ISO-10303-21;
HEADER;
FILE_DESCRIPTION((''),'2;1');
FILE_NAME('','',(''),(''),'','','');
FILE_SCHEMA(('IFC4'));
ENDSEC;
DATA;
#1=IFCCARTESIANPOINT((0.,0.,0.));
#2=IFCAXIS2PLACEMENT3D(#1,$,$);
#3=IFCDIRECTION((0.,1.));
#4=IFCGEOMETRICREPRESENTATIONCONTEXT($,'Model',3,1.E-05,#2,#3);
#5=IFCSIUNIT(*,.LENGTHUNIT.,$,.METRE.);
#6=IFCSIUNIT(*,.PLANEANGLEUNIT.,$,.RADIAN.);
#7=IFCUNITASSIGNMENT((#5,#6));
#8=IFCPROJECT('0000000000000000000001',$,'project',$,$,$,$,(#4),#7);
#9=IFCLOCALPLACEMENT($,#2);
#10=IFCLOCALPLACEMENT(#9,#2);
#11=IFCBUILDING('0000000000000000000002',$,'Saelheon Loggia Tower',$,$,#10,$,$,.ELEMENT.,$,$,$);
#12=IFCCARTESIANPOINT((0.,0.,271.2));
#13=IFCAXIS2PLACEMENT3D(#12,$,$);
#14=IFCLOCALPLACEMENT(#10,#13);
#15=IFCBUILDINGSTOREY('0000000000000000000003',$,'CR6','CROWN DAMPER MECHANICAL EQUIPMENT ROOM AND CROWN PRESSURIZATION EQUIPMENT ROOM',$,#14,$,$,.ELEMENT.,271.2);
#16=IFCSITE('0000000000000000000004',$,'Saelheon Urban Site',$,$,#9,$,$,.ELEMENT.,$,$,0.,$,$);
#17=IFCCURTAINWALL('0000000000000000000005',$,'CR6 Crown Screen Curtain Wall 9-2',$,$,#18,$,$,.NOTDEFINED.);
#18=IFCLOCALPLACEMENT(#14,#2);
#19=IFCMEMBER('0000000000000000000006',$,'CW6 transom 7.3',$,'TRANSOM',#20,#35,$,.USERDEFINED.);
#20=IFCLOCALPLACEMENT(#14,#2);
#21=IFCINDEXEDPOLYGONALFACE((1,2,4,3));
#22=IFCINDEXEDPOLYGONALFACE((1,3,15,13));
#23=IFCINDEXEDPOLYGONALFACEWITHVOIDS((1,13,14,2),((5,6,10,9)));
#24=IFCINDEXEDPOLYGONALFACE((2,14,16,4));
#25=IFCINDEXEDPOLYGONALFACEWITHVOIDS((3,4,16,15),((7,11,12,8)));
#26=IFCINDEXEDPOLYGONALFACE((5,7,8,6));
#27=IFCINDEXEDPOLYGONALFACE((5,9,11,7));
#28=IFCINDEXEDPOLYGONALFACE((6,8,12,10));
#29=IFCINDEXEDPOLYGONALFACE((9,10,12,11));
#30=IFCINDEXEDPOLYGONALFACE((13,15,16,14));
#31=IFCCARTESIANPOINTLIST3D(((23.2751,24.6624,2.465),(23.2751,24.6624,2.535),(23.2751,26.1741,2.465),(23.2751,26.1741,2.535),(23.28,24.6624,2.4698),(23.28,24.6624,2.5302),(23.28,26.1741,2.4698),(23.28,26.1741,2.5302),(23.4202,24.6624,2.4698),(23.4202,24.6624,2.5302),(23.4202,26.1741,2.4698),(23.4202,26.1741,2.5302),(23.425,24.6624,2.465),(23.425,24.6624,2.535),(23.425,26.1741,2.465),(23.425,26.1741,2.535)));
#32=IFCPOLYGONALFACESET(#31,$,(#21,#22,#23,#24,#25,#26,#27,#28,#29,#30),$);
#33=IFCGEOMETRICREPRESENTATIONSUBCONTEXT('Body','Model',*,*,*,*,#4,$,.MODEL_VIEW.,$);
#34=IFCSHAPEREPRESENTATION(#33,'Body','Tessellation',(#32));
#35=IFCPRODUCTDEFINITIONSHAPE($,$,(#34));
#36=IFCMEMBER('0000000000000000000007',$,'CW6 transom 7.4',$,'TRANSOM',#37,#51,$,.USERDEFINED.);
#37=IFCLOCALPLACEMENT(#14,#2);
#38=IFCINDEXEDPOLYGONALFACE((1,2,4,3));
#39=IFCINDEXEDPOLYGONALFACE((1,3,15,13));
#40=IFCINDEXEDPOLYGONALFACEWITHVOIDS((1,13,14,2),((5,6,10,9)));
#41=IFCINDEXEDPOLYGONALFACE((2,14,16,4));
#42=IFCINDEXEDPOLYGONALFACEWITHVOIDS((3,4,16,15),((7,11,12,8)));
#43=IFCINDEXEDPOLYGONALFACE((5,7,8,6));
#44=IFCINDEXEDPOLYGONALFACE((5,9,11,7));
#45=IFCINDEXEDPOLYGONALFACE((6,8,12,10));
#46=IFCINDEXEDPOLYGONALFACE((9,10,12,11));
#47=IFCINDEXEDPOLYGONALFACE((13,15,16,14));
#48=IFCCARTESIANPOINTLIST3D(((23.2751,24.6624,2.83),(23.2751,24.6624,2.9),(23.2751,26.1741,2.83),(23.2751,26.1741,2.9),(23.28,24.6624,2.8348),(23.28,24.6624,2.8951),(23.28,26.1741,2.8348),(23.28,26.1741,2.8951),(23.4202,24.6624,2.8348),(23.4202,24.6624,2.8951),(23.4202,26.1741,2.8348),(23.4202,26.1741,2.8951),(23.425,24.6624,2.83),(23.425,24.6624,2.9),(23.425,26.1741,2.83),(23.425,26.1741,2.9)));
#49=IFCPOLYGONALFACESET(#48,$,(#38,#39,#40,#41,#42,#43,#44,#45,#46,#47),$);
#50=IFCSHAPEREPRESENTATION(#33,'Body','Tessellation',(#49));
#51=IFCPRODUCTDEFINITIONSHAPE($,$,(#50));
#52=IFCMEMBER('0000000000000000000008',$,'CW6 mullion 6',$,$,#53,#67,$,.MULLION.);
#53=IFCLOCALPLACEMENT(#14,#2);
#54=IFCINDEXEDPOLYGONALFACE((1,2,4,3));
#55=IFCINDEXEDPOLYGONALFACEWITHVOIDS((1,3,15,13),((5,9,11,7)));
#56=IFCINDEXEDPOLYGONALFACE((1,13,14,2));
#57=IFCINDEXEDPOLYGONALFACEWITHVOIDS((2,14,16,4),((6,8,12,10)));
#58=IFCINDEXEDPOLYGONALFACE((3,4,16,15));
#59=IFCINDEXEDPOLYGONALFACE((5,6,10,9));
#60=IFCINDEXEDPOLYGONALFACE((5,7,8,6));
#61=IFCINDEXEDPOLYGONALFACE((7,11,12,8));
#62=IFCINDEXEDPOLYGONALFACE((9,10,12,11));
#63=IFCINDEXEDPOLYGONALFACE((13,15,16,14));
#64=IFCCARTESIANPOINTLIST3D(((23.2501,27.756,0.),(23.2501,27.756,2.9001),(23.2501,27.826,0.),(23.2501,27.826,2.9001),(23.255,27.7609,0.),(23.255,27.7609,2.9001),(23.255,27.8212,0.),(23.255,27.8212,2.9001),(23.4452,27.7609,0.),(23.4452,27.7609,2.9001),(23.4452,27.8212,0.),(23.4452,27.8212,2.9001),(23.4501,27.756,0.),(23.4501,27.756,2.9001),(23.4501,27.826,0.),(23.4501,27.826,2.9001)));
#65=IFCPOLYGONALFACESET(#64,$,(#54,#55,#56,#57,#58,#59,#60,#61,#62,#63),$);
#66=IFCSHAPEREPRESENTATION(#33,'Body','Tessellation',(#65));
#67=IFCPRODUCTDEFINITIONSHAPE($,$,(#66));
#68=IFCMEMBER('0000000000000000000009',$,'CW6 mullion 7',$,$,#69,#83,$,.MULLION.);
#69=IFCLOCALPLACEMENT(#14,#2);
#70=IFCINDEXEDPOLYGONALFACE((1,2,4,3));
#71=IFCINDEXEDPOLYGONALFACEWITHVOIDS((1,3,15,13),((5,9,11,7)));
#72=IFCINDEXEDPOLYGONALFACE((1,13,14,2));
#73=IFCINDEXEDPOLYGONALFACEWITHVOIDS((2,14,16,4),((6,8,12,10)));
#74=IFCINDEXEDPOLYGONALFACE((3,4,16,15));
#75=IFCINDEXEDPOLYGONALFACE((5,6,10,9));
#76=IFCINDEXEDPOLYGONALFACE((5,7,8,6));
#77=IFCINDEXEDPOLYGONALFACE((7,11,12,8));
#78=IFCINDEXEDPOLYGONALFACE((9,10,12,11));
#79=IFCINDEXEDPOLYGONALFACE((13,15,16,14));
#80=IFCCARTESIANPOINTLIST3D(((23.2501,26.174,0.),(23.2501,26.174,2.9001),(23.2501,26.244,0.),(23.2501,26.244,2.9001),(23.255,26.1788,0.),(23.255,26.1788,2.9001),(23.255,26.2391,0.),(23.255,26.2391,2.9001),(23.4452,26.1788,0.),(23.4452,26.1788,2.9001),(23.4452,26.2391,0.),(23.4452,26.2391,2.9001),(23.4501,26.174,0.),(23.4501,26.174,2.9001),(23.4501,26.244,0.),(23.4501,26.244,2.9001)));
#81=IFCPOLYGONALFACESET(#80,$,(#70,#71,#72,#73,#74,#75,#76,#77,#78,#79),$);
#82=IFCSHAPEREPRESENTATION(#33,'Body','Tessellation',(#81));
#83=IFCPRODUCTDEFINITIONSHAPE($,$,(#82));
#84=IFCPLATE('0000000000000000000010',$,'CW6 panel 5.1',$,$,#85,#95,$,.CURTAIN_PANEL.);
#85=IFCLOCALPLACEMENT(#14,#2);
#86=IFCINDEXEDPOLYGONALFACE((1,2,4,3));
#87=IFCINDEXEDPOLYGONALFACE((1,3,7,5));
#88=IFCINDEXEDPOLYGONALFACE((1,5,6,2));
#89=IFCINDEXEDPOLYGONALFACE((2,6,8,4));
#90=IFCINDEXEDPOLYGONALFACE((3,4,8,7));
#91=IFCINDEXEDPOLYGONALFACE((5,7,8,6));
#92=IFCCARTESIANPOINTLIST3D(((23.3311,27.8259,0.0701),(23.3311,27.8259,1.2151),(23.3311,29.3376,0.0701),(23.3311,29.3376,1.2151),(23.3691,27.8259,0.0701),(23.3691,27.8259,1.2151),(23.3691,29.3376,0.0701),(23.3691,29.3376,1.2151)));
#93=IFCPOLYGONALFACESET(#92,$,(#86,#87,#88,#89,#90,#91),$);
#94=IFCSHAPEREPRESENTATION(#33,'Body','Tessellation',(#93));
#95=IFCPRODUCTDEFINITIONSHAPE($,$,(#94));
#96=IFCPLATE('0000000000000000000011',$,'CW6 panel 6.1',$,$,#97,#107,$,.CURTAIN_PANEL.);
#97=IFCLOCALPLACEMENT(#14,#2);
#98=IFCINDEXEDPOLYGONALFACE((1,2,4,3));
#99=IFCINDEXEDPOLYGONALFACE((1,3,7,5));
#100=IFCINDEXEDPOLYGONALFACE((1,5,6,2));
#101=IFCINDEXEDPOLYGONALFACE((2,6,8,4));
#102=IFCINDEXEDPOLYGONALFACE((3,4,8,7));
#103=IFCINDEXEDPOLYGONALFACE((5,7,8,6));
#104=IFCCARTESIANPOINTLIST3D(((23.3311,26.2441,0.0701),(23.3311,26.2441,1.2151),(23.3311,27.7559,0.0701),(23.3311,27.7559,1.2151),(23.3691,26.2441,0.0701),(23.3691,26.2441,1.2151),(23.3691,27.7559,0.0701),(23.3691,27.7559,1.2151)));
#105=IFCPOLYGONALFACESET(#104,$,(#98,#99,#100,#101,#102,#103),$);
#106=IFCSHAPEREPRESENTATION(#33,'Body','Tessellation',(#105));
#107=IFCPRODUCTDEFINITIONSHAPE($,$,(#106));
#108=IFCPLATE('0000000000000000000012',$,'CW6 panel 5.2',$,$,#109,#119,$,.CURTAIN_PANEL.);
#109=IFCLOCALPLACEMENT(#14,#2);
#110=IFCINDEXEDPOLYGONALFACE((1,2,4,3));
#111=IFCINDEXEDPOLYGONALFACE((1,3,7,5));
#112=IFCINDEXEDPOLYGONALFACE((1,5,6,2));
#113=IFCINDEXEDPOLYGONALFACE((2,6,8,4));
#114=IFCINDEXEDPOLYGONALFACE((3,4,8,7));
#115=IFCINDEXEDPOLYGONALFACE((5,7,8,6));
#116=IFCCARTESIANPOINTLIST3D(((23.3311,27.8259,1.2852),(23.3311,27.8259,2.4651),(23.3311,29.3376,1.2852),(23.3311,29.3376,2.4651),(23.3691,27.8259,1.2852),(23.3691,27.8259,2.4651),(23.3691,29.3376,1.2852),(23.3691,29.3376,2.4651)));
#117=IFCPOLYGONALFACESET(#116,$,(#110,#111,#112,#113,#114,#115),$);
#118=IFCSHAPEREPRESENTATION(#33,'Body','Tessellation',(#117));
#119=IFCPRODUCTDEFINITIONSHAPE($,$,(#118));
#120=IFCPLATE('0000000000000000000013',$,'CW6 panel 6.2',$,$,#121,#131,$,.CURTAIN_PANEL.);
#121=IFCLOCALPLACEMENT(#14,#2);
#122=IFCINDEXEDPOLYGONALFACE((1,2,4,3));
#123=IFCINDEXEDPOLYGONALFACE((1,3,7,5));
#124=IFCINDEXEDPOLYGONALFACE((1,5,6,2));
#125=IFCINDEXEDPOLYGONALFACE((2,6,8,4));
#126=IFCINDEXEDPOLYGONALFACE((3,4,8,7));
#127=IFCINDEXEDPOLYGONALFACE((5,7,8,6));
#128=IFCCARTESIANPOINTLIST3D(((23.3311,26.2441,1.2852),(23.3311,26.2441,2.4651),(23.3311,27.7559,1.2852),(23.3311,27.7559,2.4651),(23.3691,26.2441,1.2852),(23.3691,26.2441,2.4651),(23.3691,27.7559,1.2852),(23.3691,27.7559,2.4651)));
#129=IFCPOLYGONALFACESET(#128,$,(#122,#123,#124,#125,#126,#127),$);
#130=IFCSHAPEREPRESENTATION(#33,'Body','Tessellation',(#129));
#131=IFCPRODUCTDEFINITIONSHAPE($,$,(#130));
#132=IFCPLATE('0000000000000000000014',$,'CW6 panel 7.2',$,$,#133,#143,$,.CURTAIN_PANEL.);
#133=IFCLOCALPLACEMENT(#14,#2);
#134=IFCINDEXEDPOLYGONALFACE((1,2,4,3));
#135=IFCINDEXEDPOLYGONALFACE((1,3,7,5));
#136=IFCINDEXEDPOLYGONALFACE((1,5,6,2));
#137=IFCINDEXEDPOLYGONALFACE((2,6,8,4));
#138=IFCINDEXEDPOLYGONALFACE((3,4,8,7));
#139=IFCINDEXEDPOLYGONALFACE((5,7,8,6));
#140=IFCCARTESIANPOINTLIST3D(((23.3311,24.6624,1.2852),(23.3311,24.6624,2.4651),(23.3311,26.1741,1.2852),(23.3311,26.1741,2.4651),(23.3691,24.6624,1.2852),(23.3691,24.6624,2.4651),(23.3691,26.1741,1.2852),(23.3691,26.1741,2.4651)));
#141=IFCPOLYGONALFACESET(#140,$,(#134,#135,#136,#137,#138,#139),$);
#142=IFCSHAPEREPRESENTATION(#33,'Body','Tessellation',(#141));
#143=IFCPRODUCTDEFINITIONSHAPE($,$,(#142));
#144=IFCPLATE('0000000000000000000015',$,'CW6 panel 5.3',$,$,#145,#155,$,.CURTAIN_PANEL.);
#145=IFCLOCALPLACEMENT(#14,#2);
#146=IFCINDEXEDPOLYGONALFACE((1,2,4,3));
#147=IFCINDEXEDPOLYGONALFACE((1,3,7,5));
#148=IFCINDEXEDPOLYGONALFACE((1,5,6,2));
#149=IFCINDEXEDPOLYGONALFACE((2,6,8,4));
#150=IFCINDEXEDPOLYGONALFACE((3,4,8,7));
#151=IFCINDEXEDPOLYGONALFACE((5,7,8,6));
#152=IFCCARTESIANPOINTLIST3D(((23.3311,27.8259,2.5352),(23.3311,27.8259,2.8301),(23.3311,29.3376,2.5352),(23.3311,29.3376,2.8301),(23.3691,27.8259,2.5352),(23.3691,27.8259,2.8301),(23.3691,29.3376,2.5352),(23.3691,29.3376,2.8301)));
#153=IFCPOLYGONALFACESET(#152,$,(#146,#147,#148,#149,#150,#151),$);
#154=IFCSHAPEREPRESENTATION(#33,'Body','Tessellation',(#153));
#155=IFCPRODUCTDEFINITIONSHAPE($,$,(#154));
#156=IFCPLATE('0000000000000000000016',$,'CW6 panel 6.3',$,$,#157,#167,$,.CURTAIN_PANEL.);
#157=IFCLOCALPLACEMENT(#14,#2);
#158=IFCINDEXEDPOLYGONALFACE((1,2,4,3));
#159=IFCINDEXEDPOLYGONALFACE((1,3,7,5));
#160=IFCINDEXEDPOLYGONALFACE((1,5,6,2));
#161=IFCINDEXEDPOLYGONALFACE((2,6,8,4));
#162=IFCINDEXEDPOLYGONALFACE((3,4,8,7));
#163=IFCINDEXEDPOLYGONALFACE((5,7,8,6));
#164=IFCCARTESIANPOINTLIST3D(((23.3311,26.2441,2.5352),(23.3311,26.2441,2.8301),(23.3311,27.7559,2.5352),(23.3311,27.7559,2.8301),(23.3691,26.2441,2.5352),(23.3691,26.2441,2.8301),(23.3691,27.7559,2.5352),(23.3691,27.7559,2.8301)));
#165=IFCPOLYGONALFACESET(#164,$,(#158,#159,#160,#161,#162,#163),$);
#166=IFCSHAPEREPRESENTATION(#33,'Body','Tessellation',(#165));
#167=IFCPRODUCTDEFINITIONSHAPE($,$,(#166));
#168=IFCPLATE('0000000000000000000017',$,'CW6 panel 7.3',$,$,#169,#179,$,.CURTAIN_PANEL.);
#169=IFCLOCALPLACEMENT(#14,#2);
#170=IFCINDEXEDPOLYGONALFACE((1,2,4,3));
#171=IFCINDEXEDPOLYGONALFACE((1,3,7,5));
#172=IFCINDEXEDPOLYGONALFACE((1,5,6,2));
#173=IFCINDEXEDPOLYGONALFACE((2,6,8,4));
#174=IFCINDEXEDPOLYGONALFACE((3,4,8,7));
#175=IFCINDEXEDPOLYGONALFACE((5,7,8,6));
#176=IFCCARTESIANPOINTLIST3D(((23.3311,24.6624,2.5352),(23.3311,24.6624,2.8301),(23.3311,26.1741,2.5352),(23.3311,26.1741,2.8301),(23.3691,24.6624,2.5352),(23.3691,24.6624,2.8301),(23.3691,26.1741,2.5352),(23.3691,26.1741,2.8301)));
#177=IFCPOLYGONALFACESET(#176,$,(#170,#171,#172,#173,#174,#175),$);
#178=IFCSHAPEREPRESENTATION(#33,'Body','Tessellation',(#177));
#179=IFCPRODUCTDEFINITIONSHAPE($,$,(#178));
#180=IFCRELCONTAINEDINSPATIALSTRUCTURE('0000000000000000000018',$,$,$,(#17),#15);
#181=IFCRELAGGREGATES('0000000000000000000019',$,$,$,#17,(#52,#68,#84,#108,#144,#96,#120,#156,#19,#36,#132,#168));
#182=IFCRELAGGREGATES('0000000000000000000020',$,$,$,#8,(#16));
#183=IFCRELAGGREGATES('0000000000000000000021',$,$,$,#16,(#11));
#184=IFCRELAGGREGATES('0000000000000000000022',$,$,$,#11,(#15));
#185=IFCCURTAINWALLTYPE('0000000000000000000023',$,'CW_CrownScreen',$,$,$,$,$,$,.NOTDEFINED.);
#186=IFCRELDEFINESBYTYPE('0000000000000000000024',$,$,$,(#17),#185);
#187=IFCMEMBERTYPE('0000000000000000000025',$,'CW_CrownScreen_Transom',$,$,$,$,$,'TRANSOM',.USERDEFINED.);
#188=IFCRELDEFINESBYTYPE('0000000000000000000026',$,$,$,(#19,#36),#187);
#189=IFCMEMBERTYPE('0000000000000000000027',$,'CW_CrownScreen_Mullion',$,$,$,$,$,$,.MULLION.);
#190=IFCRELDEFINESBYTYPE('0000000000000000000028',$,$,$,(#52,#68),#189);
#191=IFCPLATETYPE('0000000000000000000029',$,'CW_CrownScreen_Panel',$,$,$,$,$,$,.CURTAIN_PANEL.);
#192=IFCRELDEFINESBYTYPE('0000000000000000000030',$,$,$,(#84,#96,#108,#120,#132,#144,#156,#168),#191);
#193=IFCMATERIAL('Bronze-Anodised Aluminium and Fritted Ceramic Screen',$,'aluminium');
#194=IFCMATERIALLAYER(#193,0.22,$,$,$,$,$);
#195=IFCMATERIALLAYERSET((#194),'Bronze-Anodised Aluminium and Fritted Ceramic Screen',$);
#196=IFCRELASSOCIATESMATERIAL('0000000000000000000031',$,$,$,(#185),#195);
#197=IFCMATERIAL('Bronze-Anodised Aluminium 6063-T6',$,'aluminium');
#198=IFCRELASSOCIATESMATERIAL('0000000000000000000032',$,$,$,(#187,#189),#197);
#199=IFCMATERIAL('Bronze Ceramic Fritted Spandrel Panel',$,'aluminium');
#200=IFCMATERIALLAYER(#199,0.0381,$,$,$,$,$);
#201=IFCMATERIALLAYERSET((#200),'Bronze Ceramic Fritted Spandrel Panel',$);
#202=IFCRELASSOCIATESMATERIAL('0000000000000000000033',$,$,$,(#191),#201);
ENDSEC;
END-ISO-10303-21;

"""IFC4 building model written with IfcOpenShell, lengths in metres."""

from ifc_helpers import new_model, si_unit, direction, frame, origin, origin_2d, place, context, subcontext, project, spatial, rectangle, hollow_rectangle, extrude, source, transform, mapped, material, layer, layer_set, material_profile, profile_set, type_object, element, aggregate, save


model = new_model("IFC4")

# Units and contexts
model_context = context("Model", 3, precision=1e-05, world=origin(), true_north=direction((0.0, 1.0)))
body_context = subcontext(model_context, "Body", "Model", "MODEL_VIEW")
ifc_project = project(units=[si_unit("LENGTHUNIT", "METRE"), si_unit("PLANEANGLEUNIT", "RADIAN")], contexts=[model_context])

# Site, building, storey
site_placement = place(None, origin())
site = spatial("IfcSite", under=ifc_project, at=site_placement, Name="Saelheon Urban Site", CompositionType="ELEMENT", RefElevation=0.0)
building_placement = place(site_placement, origin())
building = spatial("IfcBuilding", under=site, at=building_placement, Name="Saelheon Loggia Tower", CompositionType="ELEMENT")
storey_placement = place(building_placement, frame((0.0, 0.0, 271.2)))
storey = spatial("IfcBuildingStorey", under=building, at=storey_placement, Name="CR6", Description="CROWN DAMPER MECHANICAL EQUIPMENT ROOM AND CROWN PRESSURIZATION EQUIPMENT ROOM", CompositionType="ELEMENT", Elevation=271.2)

# Curtain wall, members, plates
ifc_material_1 = material(Name="Bronze-Anodised Aluminium and Fritted Ceramic Screen", Category="aluminium")
ifc_layer_1 = layer(ifc_material_1, 0.22)
ifc_layer_set_1 = layer_set([ifc_layer_1], Name="Bronze-Anodised Aluminium and Fritted Ceramic Screen")
curtain_wall_type = type_object("IfcCurtainWallType", Name="CW_CrownScreen", PredefinedType="NOTDEFINED", material=ifc_layer_set_1)
curtain_wall_placement = place(storey_placement, origin())
curtain_wall = element("IfcCurtainWall", 1, at=curtain_wall_placement, inside=storey, type_object=curtain_wall_type, Name="CR6 Crown Screen Curtain Wall 9-2", PredefinedType="NOTDEFINED")
ifc_material_2 = material(Name="Bronze-Anodised Aluminium 6063-T6", Category="aluminium")
ifc_material_profile_1 = material_profile(ifc_material_2, hollow_rectangle(XDim=0.0701, YDim=0.1499, WallThickness=0.0049, at=origin_2d()), Name="RHS-150x70x5")
ifc_profile_set_1 = profile_set([ifc_material_profile_1], Name="Bronze-Anodised Aluminium 6063-T6")
member_type_1 = type_object("IfcMemberType", Name="CW_CrownScreen_Transom", ElementType="TRANSOM", PredefinedType="USERDEFINED", material=ifc_profile_set_1)
shared_shape_1 = source(origin(), body_context, "Body", "SweptSolid", [
    extrude(hollow_rectangle(XDim=0.0701, YDim=0.1499, WallThickness=0.0049, at=origin_2d()), origin(), (0.0, 0.0, 1.0), 1.5117),
])
member_1_placement = place(storey_placement, frame((23.3501, 26.1741, 2.5), z_axis=(0.0, -1.0, 0.0), x_axis=(0.0, 0.0, 1.0)))
member_1 = element("IfcMember", 2, at=member_1_placement, type_object=member_type_1, Name="CW6 transom 7.3", ObjectType="TRANSOM", PredefinedType="USERDEFINED", context=body_context, shape_type="MappedRepresentation", body=[
    mapped(shared_shape_1, transform((0.0, 0.0, 0.0), scale=1.0)),
])
member_2_placement = place(storey_placement, frame((23.3501, 26.1741, 2.865), z_axis=(0.0, -1.0, 0.0), x_axis=(0.0, 0.0, 1.0)))
member_2 = element("IfcMember", 3, at=member_2_placement, type_object=member_type_1, Name="CW6 transom 7.4", ObjectType="TRANSOM", PredefinedType="USERDEFINED", context=body_context, shape_type="MappedRepresentation", body=[
    mapped(shared_shape_1, transform((0.0, 0.0, 0.0), scale=1.0)),
])
ifc_material_profile_2 = material_profile(ifc_material_2, hollow_rectangle(XDim=0.0701, YDim=0.2, WallThickness=0.0049, at=origin_2d()), Name="RHS-200x70x5")
ifc_profile_set_2 = profile_set([ifc_material_profile_2], Name="Bronze-Anodised Aluminium 6063-T6")
member_type_2 = type_object("IfcMemberType", Name="CW_CrownScreen_Mullion", PredefinedType="MULLION", material=ifc_profile_set_2)
shared_shape_2 = source(origin(), body_context, "Body", "SweptSolid", [
    extrude(hollow_rectangle(XDim=0.0701, YDim=0.2, WallThickness=0.0049, at=origin_2d()), origin(), (0.0, 0.0, 1.0), 2.9001),
])
member_3_placement = place(storey_placement, frame((23.3501, 27.791, 0.0), z_axis=(0.0, 0.0, 1.0), x_axis=(0.0, -1.0, 0.0)))
member_3 = element("IfcMember", 4, at=member_3_placement, type_object=member_type_2, Name="CW6 mullion 6", PredefinedType="MULLION", context=body_context, shape_type="MappedRepresentation", body=[
    mapped(shared_shape_2, transform((0.0, 0.0, 0.0), scale=1.0)),
])
member_4_placement = place(storey_placement, frame((23.3501, 26.209, 0.0), z_axis=(0.0, 0.0, 1.0), x_axis=(0.0, -1.0, 0.0)))
member_4 = element("IfcMember", 5, at=member_4_placement, type_object=member_type_2, Name="CW6 mullion 7", PredefinedType="MULLION", context=body_context, shape_type="MappedRepresentation", body=[
    mapped(shared_shape_2, transform((0.0, 0.0, 0.0), scale=1.0)),
])
ifc_material_3 = material(Name="Bronze Ceramic Fritted Spandrel Panel", Category="aluminium")
ifc_layer_2 = layer(ifc_material_3, 0.0381)
ifc_layer_set_2 = layer_set([ifc_layer_2], Name="Bronze Ceramic Fritted Spandrel Panel")
plate_type = type_object("IfcPlateType", Name="CW_CrownScreen_Panel", PredefinedType="CURTAIN_PANEL", material=ifc_layer_set_2)
shared_shape_3 = source(origin(), body_context, "Body", "SweptSolid", [
    extrude(rectangle(XDim=1.5117, YDim=0.0381, at=origin_2d()), origin(), (0.0, 0.0, 1.0), 1.145),
])
plate_1_placement = place(storey_placement, frame((23.3501, 28.5818, 0.0701), z_axis=(0.0, 0.0, 1.0), x_axis=(0.0, -1.0, 0.0)))
plate_1 = element("IfcPlate", 6, at=plate_1_placement, type_object=plate_type, Name="CW6 panel 5.1", PredefinedType="CURTAIN_PANEL", context=body_context, shape_type="MappedRepresentation", body=[
    mapped(shared_shape_3, transform((0.0, 0.0, 0.0), scale=1.0)),
])
plate_2_placement = place(storey_placement, frame((23.3501, 27.0, 0.0701), z_axis=(0.0, 0.0, 1.0), x_axis=(0.0, -1.0, 0.0)))
plate_2 = element("IfcPlate", 7, at=plate_2_placement, type_object=plate_type, Name="CW6 panel 6.1", PredefinedType="CURTAIN_PANEL", context=body_context, shape_type="MappedRepresentation", body=[
    mapped(shared_shape_3, transform((0.0, 0.0, 0.0), scale=1.0)),
])
shared_shape_4 = source(origin(), body_context, "Body", "SweptSolid", [
    extrude(rectangle(XDim=1.5117, YDim=0.0381, at=origin_2d()), origin(), (0.0, 0.0, 1.0), 1.1799),
])
plate_3_placement = place(storey_placement, frame((23.3501, 28.5818, 1.2852), z_axis=(0.0, 0.0, 1.0), x_axis=(0.0, -1.0, 0.0)))
plate_3 = element("IfcPlate", 8, at=plate_3_placement, type_object=plate_type, Name="CW6 panel 5.2", PredefinedType="CURTAIN_PANEL", context=body_context, shape_type="MappedRepresentation", body=[
    mapped(shared_shape_4, transform((0.0, 0.0, 0.0), scale=1.0)),
])
plate_4_placement = place(storey_placement, frame((23.3501, 27.0, 1.2852), z_axis=(0.0, 0.0, 1.0), x_axis=(0.0, -1.0, 0.0)))
plate_4 = element("IfcPlate", 9, at=plate_4_placement, type_object=plate_type, Name="CW6 panel 6.2", PredefinedType="CURTAIN_PANEL", context=body_context, shape_type="MappedRepresentation", body=[
    mapped(shared_shape_4, transform((0.0, 0.0, 0.0), scale=1.0)),
])
plate_5_placement = place(storey_placement, frame((23.3501, 25.4182, 1.2852), z_axis=(0.0, 0.0, 1.0), x_axis=(0.0, -1.0, 0.0)))
plate_5 = element("IfcPlate", 10, at=plate_5_placement, type_object=plate_type, Name="CW6 panel 7.2", PredefinedType="CURTAIN_PANEL", context=body_context, shape_type="MappedRepresentation", body=[
    mapped(shared_shape_4, transform((0.0, 0.0, 0.0), scale=1.0)),
])
shared_shape_5 = source(origin(), body_context, "Body", "SweptSolid", [
    extrude(rectangle(XDim=1.5117, YDim=0.0381, at=origin_2d()), origin(), (0.0, 0.0, 1.0), 0.2949),
])
plate_6_placement = place(storey_placement, frame((23.3501, 28.5818, 2.5352), z_axis=(0.0, 0.0, 1.0), x_axis=(0.0, -1.0, 0.0)))
plate_6 = element("IfcPlate", 11, at=plate_6_placement, type_object=plate_type, Name="CW6 panel 5.3", PredefinedType="CURTAIN_PANEL", context=body_context, shape_type="MappedRepresentation", body=[
    mapped(shared_shape_5, transform((0.0, 0.0, 0.0), scale=1.0)),
])
plate_7_placement = place(storey_placement, frame((23.3501, 27.0, 2.5352), z_axis=(0.0, 0.0, 1.0), x_axis=(0.0, -1.0, 0.0)))
plate_7 = element("IfcPlate", 12, at=plate_7_placement, type_object=plate_type, Name="CW6 panel 6.3", PredefinedType="CURTAIN_PANEL", context=body_context, shape_type="MappedRepresentation", body=[
    mapped(shared_shape_5, transform((0.0, 0.0, 0.0), scale=1.0)),
])
plate_8_placement = place(storey_placement, frame((23.3501, 25.4182, 2.5352), z_axis=(0.0, 0.0, 1.0), x_axis=(0.0, -1.0, 0.0)))
plate_8 = element("IfcPlate", 13, at=plate_8_placement, type_object=plate_type, Name="CW6 panel 7.3", PredefinedType="CURTAIN_PANEL", context=body_context, shape_type="MappedRepresentation", body=[
    mapped(shared_shape_5, transform((0.0, 0.0, 0.0), scale=1.0)),
])
aggregate(curtain_wall, [member_3, member_4, plate_1, plate_3, plate_6, plate_2, plate_4, plate_7, member_1, member_2, plate_5, plate_8])

save(model, "model.ifc")
